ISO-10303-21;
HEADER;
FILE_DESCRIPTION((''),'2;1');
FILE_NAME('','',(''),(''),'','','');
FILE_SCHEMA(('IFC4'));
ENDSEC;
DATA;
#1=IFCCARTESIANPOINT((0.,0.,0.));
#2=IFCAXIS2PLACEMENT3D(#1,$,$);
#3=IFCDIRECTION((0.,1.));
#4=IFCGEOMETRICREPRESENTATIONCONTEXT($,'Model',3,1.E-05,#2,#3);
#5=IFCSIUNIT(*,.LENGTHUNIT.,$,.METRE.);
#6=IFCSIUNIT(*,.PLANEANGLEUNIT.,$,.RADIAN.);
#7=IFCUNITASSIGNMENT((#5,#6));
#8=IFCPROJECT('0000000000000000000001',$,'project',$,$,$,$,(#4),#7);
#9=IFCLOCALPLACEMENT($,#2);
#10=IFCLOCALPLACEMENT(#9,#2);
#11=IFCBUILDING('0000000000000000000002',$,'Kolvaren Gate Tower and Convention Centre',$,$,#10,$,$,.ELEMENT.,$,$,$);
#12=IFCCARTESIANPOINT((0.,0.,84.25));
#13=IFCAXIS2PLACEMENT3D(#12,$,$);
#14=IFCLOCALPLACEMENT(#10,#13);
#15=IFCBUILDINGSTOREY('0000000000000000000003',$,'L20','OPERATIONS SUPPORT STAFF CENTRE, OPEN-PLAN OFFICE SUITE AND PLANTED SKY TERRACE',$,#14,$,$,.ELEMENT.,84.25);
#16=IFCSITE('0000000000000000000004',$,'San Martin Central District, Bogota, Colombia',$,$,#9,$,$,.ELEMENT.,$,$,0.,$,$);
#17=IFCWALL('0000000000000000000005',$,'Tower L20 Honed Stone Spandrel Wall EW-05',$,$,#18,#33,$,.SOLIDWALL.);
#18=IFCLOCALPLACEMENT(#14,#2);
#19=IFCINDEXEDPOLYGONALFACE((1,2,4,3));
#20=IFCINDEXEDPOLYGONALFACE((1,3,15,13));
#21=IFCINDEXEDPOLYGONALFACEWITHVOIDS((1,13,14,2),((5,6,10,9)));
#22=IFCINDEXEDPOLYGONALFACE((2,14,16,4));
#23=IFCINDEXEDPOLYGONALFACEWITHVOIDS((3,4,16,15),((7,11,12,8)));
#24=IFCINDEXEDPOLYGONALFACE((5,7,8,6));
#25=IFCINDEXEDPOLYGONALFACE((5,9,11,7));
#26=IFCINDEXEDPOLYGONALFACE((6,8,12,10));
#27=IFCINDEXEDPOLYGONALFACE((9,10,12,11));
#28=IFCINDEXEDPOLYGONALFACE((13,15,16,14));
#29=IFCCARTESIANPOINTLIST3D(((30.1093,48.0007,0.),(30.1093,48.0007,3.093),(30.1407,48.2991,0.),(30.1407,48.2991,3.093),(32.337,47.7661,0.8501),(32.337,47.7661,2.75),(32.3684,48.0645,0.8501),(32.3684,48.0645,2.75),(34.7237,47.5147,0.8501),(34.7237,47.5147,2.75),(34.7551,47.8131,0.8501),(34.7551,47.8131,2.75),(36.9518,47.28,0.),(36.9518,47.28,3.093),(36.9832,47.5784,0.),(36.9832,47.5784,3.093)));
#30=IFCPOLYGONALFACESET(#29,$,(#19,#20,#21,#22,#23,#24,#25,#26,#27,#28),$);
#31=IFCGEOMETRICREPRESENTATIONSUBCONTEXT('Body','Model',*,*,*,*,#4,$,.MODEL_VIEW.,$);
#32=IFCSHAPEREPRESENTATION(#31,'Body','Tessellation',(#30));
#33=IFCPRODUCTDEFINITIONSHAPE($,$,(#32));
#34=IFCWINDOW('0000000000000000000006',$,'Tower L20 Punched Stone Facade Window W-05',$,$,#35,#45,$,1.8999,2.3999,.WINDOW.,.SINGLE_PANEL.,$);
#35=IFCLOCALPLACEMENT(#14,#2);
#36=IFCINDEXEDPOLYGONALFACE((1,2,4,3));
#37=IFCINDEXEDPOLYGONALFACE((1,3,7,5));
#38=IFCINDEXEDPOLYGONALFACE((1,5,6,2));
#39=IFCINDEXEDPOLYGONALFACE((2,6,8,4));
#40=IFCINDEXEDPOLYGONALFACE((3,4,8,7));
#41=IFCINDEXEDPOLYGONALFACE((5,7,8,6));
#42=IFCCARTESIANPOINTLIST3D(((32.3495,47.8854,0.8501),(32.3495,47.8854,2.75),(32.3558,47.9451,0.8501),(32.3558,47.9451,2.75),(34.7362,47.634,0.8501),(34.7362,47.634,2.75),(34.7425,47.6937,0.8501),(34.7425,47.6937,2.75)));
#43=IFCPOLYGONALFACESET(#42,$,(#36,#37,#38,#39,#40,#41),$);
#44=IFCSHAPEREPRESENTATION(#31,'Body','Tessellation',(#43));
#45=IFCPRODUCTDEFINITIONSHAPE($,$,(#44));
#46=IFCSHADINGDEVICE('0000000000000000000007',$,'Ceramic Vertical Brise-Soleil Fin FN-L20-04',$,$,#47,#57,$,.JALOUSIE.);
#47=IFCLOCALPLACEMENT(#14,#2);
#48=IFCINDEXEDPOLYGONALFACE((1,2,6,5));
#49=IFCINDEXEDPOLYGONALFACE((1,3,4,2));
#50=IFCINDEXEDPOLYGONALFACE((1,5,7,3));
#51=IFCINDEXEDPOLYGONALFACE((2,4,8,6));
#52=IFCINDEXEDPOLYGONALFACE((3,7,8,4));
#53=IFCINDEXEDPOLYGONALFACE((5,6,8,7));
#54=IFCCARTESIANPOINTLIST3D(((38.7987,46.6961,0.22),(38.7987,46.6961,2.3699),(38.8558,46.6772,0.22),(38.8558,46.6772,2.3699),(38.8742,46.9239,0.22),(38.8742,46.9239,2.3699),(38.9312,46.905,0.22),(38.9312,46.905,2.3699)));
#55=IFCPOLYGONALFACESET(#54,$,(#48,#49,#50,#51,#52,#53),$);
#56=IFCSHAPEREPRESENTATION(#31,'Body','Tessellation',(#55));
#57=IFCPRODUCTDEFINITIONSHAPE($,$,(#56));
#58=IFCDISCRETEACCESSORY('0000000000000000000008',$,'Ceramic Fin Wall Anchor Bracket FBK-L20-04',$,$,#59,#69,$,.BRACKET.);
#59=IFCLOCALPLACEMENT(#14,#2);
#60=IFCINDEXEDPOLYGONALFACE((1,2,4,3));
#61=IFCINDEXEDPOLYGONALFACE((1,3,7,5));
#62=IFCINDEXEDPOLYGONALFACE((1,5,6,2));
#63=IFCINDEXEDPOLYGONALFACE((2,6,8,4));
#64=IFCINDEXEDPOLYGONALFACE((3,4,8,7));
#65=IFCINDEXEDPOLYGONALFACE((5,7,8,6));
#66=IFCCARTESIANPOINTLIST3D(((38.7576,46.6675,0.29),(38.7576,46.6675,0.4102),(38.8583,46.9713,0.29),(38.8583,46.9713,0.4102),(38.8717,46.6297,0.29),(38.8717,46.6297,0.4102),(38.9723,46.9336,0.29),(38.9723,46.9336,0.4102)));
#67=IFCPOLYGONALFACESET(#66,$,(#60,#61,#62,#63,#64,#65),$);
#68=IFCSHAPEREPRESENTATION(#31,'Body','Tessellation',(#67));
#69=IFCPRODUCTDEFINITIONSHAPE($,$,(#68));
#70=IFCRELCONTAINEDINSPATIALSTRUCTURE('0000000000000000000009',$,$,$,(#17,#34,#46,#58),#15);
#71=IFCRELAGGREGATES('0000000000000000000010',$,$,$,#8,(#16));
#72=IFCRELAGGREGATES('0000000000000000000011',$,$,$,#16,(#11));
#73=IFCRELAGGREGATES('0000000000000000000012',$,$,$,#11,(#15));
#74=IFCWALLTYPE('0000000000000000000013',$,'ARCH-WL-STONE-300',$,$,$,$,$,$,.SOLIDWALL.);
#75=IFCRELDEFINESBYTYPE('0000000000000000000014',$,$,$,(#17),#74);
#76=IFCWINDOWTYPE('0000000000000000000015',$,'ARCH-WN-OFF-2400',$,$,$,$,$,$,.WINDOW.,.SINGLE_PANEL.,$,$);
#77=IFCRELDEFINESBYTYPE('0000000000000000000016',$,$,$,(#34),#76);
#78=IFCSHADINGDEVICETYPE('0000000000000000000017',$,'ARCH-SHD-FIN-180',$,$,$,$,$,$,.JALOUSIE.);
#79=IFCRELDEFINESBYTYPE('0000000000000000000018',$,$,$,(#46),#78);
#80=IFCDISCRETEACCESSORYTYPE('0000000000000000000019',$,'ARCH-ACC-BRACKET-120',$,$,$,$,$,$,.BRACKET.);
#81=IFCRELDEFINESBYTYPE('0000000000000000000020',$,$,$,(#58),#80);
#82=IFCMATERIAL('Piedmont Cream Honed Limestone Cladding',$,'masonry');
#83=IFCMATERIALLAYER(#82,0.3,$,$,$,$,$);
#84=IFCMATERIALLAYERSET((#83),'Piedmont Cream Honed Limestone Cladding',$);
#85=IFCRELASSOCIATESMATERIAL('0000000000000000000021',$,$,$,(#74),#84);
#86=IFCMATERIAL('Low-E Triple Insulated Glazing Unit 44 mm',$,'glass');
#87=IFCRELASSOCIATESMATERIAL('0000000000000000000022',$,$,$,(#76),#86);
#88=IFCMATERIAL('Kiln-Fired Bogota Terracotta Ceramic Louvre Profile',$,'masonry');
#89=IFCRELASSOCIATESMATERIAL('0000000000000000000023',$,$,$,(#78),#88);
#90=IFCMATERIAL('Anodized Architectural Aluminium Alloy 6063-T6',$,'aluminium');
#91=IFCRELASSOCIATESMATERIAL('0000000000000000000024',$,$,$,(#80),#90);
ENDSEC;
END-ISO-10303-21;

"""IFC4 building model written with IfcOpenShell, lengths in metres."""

from ifc_helpers import new_model, si_unit, direction, frame, frame_2d, origin, origin_2d, place, context, subcontext, project, spatial, rectangle, extrude, material, layer, layer_set, type_object, element, fill, save


model = new_model("IFC4")

# Units and contexts
model_context = context("Model", 3, precision=1e-05, world=origin(), true_north=direction((0.0, 1.0)))
body_context = subcontext(model_context, "Body", "Model", "MODEL_VIEW")
ifc_project = project(units=[si_unit("LENGTHUNIT", "METRE"), si_unit("PLANEANGLEUNIT", "RADIAN")], contexts=[model_context])

# Site, building, storey
site_placement = place(None, origin())
site = spatial("IfcSite", under=ifc_project, at=site_placement, Name="San Martin Central District, Bogota, Colombia", CompositionType="ELEMENT", RefElevation=0.0)
building_placement = place(site_placement, origin())
building = spatial("IfcBuilding", under=site, at=building_placement, Name="Kolvaren Gate Tower and Convention Centre", CompositionType="ELEMENT")
storey_placement = place(building_placement, frame((0.0, 0.0, 84.25)))
storey = spatial("IfcBuildingStorey", under=building, at=storey_placement, Name="L20", Description="OPERATIONS SUPPORT STAFF CENTRE, OPEN-PLAN OFFICE SUITE AND PLANTED SKY TERRACE", CompositionType="ELEMENT", Elevation=84.25)

# Wall, opening, window
ifc_material_1 = material(Name="Piedmont Cream Honed Limestone Cladding", Category="masonry")
ifc_layer_1 = layer(ifc_material_1, 0.3)
ifc_layer_set_1 = layer_set([ifc_layer_1], Name="Piedmont Cream Honed Limestone Cladding")
wall_type_1 = type_object("IfcWallType", Name="ARCH-WL-STONE-300", PredefinedType="SOLIDWALL", material=ifc_layer_set_1)
ifc_material_2 = material(Name="Low-E Triple Insulated Glazing Unit 44 mm", Category="glass")
window_type = type_object("IfcWindowType", Name="ARCH-WN-OFF-2400", PartitioningType="SINGLE_PANEL", PredefinedType="WINDOW", material=ifc_material_2)
wall_1_placement = place(storey_placement, frame((30.125, 48.1499, 0.0), z_axis=(0.0, 0.0, 1.0), x_axis=(0.994499, -0.104748, 0.0)))
wall_1 = element("IfcWall", 1, at=wall_1_placement, inside=storey, type_object=wall_type_1, Name="Tower L20 Honed Stone Spandrel Wall EW-05", PredefinedType="SOLIDWALL", context=body_context, shape_type="SweptSolid", body=[
    extrude(rectangle(XDim=6.8804, YDim=0.3, at=frame_2d((3.4402, 0.0))), origin(), (0.0, 0.0, 1.0), 3.093),
])
opening_1_placement = place(wall_1_placement, frame((2.24, 0.0, 0.8501)))
opening_1 = element("IfcOpeningElement", 2, at=opening_1_placement, cuts=wall_1, PredefinedType="OPENING", context=body_context, shape_type="SweptSolid", body=[
    extrude(rectangle(XDim=2.3999, YDim=1.8999, at=frame_2d((1.2, 0.95))), frame((0.0, 0.1599, 0.0), z_axis=(0.0, -1.0, 0.0), x_axis=(1.0, 0.0, 0.0)), (0.0, 0.0, 1.0), 0.3201),
])
window_1_placement = place(opening_1_placement, origin())
window_1 = element("IfcWindow", 3, at=window_1_placement, inside=storey, type_object=window_type, Name="Tower L20 Punched Stone Facade Window W-05", OverallHeight=1.8999, OverallWidth=2.3999, PartitioningType="SINGLE_PANEL", PredefinedType="WINDOW", context=body_context, shape_type="SweptSolid", body=[
    extrude(rectangle(XDim=2.3999, YDim=1.8999, at=frame_2d((1.2, 0.95))), frame((0.0, 0.03, 0.0), z_axis=(0.0, -1.0, 0.0), x_axis=(1.0, 0.0, 0.0)), (0.0, 0.0, 1.0), 0.0601),
])
fill(opening_1, window_1)

# Shading device
ifc_material_3 = material(Name="Kiln-Fired Bogota Terracotta Ceramic Louvre Profile", Category="masonry")
shading_device_type = type_object("IfcShadingDeviceType", Name="ARCH-SHD-FIN-180", PredefinedType="JALOUSIE", material=ifc_material_3)
shading_device_placement = place(storey_placement, frame((38.865, 46.8005, 0.22), z_axis=(0.0, 0.0, 1.0), x_axis=(0.949242, -0.314548, 0.0)))
element("IfcShadingDevice", 4, at=shading_device_placement, inside=storey, type_object=shading_device_type, Name="Ceramic Vertical Brise-Soleil Fin FN-L20-04", PredefinedType="JALOUSIE", context=body_context, shape_type="SweptSolid", body=[
    extrude(rectangle(XDim=0.0601, YDim=0.24, at=origin_2d()), origin(), (0.0, 0.0, 1.0), 2.1499),
])

# Discrete accessory
ifc_material_4 = material(Name="Anodized Architectural Aluminium Alloy 6063-T6", Category="aluminium")
discrete_accessory_type = type_object("IfcDiscreteAccessoryType", Name="ARCH-ACC-BRACKET-120", PredefinedType="BRACKET", material=ifc_material_4)
discrete_accessory_placement = place(storey_placement, frame((38.865, 46.8005, 0.29), z_axis=(0.0, 0.0, 1.0), x_axis=(0.949242, -0.314548, 0.0)))
element("IfcDiscreteAccessory", 5, at=discrete_accessory_placement, inside=storey, type_object=discrete_accessory_type, Name="Ceramic Fin Wall Anchor Bracket FBK-L20-04", PredefinedType="BRACKET", context=body_context, shape_type="SweptSolid", body=[
    extrude(rectangle(XDim=0.1201, YDim=0.3201, at=origin_2d()), origin(), (0.0, 0.0, 1.0), 0.1201),
])

save(model, "model.ifc")
